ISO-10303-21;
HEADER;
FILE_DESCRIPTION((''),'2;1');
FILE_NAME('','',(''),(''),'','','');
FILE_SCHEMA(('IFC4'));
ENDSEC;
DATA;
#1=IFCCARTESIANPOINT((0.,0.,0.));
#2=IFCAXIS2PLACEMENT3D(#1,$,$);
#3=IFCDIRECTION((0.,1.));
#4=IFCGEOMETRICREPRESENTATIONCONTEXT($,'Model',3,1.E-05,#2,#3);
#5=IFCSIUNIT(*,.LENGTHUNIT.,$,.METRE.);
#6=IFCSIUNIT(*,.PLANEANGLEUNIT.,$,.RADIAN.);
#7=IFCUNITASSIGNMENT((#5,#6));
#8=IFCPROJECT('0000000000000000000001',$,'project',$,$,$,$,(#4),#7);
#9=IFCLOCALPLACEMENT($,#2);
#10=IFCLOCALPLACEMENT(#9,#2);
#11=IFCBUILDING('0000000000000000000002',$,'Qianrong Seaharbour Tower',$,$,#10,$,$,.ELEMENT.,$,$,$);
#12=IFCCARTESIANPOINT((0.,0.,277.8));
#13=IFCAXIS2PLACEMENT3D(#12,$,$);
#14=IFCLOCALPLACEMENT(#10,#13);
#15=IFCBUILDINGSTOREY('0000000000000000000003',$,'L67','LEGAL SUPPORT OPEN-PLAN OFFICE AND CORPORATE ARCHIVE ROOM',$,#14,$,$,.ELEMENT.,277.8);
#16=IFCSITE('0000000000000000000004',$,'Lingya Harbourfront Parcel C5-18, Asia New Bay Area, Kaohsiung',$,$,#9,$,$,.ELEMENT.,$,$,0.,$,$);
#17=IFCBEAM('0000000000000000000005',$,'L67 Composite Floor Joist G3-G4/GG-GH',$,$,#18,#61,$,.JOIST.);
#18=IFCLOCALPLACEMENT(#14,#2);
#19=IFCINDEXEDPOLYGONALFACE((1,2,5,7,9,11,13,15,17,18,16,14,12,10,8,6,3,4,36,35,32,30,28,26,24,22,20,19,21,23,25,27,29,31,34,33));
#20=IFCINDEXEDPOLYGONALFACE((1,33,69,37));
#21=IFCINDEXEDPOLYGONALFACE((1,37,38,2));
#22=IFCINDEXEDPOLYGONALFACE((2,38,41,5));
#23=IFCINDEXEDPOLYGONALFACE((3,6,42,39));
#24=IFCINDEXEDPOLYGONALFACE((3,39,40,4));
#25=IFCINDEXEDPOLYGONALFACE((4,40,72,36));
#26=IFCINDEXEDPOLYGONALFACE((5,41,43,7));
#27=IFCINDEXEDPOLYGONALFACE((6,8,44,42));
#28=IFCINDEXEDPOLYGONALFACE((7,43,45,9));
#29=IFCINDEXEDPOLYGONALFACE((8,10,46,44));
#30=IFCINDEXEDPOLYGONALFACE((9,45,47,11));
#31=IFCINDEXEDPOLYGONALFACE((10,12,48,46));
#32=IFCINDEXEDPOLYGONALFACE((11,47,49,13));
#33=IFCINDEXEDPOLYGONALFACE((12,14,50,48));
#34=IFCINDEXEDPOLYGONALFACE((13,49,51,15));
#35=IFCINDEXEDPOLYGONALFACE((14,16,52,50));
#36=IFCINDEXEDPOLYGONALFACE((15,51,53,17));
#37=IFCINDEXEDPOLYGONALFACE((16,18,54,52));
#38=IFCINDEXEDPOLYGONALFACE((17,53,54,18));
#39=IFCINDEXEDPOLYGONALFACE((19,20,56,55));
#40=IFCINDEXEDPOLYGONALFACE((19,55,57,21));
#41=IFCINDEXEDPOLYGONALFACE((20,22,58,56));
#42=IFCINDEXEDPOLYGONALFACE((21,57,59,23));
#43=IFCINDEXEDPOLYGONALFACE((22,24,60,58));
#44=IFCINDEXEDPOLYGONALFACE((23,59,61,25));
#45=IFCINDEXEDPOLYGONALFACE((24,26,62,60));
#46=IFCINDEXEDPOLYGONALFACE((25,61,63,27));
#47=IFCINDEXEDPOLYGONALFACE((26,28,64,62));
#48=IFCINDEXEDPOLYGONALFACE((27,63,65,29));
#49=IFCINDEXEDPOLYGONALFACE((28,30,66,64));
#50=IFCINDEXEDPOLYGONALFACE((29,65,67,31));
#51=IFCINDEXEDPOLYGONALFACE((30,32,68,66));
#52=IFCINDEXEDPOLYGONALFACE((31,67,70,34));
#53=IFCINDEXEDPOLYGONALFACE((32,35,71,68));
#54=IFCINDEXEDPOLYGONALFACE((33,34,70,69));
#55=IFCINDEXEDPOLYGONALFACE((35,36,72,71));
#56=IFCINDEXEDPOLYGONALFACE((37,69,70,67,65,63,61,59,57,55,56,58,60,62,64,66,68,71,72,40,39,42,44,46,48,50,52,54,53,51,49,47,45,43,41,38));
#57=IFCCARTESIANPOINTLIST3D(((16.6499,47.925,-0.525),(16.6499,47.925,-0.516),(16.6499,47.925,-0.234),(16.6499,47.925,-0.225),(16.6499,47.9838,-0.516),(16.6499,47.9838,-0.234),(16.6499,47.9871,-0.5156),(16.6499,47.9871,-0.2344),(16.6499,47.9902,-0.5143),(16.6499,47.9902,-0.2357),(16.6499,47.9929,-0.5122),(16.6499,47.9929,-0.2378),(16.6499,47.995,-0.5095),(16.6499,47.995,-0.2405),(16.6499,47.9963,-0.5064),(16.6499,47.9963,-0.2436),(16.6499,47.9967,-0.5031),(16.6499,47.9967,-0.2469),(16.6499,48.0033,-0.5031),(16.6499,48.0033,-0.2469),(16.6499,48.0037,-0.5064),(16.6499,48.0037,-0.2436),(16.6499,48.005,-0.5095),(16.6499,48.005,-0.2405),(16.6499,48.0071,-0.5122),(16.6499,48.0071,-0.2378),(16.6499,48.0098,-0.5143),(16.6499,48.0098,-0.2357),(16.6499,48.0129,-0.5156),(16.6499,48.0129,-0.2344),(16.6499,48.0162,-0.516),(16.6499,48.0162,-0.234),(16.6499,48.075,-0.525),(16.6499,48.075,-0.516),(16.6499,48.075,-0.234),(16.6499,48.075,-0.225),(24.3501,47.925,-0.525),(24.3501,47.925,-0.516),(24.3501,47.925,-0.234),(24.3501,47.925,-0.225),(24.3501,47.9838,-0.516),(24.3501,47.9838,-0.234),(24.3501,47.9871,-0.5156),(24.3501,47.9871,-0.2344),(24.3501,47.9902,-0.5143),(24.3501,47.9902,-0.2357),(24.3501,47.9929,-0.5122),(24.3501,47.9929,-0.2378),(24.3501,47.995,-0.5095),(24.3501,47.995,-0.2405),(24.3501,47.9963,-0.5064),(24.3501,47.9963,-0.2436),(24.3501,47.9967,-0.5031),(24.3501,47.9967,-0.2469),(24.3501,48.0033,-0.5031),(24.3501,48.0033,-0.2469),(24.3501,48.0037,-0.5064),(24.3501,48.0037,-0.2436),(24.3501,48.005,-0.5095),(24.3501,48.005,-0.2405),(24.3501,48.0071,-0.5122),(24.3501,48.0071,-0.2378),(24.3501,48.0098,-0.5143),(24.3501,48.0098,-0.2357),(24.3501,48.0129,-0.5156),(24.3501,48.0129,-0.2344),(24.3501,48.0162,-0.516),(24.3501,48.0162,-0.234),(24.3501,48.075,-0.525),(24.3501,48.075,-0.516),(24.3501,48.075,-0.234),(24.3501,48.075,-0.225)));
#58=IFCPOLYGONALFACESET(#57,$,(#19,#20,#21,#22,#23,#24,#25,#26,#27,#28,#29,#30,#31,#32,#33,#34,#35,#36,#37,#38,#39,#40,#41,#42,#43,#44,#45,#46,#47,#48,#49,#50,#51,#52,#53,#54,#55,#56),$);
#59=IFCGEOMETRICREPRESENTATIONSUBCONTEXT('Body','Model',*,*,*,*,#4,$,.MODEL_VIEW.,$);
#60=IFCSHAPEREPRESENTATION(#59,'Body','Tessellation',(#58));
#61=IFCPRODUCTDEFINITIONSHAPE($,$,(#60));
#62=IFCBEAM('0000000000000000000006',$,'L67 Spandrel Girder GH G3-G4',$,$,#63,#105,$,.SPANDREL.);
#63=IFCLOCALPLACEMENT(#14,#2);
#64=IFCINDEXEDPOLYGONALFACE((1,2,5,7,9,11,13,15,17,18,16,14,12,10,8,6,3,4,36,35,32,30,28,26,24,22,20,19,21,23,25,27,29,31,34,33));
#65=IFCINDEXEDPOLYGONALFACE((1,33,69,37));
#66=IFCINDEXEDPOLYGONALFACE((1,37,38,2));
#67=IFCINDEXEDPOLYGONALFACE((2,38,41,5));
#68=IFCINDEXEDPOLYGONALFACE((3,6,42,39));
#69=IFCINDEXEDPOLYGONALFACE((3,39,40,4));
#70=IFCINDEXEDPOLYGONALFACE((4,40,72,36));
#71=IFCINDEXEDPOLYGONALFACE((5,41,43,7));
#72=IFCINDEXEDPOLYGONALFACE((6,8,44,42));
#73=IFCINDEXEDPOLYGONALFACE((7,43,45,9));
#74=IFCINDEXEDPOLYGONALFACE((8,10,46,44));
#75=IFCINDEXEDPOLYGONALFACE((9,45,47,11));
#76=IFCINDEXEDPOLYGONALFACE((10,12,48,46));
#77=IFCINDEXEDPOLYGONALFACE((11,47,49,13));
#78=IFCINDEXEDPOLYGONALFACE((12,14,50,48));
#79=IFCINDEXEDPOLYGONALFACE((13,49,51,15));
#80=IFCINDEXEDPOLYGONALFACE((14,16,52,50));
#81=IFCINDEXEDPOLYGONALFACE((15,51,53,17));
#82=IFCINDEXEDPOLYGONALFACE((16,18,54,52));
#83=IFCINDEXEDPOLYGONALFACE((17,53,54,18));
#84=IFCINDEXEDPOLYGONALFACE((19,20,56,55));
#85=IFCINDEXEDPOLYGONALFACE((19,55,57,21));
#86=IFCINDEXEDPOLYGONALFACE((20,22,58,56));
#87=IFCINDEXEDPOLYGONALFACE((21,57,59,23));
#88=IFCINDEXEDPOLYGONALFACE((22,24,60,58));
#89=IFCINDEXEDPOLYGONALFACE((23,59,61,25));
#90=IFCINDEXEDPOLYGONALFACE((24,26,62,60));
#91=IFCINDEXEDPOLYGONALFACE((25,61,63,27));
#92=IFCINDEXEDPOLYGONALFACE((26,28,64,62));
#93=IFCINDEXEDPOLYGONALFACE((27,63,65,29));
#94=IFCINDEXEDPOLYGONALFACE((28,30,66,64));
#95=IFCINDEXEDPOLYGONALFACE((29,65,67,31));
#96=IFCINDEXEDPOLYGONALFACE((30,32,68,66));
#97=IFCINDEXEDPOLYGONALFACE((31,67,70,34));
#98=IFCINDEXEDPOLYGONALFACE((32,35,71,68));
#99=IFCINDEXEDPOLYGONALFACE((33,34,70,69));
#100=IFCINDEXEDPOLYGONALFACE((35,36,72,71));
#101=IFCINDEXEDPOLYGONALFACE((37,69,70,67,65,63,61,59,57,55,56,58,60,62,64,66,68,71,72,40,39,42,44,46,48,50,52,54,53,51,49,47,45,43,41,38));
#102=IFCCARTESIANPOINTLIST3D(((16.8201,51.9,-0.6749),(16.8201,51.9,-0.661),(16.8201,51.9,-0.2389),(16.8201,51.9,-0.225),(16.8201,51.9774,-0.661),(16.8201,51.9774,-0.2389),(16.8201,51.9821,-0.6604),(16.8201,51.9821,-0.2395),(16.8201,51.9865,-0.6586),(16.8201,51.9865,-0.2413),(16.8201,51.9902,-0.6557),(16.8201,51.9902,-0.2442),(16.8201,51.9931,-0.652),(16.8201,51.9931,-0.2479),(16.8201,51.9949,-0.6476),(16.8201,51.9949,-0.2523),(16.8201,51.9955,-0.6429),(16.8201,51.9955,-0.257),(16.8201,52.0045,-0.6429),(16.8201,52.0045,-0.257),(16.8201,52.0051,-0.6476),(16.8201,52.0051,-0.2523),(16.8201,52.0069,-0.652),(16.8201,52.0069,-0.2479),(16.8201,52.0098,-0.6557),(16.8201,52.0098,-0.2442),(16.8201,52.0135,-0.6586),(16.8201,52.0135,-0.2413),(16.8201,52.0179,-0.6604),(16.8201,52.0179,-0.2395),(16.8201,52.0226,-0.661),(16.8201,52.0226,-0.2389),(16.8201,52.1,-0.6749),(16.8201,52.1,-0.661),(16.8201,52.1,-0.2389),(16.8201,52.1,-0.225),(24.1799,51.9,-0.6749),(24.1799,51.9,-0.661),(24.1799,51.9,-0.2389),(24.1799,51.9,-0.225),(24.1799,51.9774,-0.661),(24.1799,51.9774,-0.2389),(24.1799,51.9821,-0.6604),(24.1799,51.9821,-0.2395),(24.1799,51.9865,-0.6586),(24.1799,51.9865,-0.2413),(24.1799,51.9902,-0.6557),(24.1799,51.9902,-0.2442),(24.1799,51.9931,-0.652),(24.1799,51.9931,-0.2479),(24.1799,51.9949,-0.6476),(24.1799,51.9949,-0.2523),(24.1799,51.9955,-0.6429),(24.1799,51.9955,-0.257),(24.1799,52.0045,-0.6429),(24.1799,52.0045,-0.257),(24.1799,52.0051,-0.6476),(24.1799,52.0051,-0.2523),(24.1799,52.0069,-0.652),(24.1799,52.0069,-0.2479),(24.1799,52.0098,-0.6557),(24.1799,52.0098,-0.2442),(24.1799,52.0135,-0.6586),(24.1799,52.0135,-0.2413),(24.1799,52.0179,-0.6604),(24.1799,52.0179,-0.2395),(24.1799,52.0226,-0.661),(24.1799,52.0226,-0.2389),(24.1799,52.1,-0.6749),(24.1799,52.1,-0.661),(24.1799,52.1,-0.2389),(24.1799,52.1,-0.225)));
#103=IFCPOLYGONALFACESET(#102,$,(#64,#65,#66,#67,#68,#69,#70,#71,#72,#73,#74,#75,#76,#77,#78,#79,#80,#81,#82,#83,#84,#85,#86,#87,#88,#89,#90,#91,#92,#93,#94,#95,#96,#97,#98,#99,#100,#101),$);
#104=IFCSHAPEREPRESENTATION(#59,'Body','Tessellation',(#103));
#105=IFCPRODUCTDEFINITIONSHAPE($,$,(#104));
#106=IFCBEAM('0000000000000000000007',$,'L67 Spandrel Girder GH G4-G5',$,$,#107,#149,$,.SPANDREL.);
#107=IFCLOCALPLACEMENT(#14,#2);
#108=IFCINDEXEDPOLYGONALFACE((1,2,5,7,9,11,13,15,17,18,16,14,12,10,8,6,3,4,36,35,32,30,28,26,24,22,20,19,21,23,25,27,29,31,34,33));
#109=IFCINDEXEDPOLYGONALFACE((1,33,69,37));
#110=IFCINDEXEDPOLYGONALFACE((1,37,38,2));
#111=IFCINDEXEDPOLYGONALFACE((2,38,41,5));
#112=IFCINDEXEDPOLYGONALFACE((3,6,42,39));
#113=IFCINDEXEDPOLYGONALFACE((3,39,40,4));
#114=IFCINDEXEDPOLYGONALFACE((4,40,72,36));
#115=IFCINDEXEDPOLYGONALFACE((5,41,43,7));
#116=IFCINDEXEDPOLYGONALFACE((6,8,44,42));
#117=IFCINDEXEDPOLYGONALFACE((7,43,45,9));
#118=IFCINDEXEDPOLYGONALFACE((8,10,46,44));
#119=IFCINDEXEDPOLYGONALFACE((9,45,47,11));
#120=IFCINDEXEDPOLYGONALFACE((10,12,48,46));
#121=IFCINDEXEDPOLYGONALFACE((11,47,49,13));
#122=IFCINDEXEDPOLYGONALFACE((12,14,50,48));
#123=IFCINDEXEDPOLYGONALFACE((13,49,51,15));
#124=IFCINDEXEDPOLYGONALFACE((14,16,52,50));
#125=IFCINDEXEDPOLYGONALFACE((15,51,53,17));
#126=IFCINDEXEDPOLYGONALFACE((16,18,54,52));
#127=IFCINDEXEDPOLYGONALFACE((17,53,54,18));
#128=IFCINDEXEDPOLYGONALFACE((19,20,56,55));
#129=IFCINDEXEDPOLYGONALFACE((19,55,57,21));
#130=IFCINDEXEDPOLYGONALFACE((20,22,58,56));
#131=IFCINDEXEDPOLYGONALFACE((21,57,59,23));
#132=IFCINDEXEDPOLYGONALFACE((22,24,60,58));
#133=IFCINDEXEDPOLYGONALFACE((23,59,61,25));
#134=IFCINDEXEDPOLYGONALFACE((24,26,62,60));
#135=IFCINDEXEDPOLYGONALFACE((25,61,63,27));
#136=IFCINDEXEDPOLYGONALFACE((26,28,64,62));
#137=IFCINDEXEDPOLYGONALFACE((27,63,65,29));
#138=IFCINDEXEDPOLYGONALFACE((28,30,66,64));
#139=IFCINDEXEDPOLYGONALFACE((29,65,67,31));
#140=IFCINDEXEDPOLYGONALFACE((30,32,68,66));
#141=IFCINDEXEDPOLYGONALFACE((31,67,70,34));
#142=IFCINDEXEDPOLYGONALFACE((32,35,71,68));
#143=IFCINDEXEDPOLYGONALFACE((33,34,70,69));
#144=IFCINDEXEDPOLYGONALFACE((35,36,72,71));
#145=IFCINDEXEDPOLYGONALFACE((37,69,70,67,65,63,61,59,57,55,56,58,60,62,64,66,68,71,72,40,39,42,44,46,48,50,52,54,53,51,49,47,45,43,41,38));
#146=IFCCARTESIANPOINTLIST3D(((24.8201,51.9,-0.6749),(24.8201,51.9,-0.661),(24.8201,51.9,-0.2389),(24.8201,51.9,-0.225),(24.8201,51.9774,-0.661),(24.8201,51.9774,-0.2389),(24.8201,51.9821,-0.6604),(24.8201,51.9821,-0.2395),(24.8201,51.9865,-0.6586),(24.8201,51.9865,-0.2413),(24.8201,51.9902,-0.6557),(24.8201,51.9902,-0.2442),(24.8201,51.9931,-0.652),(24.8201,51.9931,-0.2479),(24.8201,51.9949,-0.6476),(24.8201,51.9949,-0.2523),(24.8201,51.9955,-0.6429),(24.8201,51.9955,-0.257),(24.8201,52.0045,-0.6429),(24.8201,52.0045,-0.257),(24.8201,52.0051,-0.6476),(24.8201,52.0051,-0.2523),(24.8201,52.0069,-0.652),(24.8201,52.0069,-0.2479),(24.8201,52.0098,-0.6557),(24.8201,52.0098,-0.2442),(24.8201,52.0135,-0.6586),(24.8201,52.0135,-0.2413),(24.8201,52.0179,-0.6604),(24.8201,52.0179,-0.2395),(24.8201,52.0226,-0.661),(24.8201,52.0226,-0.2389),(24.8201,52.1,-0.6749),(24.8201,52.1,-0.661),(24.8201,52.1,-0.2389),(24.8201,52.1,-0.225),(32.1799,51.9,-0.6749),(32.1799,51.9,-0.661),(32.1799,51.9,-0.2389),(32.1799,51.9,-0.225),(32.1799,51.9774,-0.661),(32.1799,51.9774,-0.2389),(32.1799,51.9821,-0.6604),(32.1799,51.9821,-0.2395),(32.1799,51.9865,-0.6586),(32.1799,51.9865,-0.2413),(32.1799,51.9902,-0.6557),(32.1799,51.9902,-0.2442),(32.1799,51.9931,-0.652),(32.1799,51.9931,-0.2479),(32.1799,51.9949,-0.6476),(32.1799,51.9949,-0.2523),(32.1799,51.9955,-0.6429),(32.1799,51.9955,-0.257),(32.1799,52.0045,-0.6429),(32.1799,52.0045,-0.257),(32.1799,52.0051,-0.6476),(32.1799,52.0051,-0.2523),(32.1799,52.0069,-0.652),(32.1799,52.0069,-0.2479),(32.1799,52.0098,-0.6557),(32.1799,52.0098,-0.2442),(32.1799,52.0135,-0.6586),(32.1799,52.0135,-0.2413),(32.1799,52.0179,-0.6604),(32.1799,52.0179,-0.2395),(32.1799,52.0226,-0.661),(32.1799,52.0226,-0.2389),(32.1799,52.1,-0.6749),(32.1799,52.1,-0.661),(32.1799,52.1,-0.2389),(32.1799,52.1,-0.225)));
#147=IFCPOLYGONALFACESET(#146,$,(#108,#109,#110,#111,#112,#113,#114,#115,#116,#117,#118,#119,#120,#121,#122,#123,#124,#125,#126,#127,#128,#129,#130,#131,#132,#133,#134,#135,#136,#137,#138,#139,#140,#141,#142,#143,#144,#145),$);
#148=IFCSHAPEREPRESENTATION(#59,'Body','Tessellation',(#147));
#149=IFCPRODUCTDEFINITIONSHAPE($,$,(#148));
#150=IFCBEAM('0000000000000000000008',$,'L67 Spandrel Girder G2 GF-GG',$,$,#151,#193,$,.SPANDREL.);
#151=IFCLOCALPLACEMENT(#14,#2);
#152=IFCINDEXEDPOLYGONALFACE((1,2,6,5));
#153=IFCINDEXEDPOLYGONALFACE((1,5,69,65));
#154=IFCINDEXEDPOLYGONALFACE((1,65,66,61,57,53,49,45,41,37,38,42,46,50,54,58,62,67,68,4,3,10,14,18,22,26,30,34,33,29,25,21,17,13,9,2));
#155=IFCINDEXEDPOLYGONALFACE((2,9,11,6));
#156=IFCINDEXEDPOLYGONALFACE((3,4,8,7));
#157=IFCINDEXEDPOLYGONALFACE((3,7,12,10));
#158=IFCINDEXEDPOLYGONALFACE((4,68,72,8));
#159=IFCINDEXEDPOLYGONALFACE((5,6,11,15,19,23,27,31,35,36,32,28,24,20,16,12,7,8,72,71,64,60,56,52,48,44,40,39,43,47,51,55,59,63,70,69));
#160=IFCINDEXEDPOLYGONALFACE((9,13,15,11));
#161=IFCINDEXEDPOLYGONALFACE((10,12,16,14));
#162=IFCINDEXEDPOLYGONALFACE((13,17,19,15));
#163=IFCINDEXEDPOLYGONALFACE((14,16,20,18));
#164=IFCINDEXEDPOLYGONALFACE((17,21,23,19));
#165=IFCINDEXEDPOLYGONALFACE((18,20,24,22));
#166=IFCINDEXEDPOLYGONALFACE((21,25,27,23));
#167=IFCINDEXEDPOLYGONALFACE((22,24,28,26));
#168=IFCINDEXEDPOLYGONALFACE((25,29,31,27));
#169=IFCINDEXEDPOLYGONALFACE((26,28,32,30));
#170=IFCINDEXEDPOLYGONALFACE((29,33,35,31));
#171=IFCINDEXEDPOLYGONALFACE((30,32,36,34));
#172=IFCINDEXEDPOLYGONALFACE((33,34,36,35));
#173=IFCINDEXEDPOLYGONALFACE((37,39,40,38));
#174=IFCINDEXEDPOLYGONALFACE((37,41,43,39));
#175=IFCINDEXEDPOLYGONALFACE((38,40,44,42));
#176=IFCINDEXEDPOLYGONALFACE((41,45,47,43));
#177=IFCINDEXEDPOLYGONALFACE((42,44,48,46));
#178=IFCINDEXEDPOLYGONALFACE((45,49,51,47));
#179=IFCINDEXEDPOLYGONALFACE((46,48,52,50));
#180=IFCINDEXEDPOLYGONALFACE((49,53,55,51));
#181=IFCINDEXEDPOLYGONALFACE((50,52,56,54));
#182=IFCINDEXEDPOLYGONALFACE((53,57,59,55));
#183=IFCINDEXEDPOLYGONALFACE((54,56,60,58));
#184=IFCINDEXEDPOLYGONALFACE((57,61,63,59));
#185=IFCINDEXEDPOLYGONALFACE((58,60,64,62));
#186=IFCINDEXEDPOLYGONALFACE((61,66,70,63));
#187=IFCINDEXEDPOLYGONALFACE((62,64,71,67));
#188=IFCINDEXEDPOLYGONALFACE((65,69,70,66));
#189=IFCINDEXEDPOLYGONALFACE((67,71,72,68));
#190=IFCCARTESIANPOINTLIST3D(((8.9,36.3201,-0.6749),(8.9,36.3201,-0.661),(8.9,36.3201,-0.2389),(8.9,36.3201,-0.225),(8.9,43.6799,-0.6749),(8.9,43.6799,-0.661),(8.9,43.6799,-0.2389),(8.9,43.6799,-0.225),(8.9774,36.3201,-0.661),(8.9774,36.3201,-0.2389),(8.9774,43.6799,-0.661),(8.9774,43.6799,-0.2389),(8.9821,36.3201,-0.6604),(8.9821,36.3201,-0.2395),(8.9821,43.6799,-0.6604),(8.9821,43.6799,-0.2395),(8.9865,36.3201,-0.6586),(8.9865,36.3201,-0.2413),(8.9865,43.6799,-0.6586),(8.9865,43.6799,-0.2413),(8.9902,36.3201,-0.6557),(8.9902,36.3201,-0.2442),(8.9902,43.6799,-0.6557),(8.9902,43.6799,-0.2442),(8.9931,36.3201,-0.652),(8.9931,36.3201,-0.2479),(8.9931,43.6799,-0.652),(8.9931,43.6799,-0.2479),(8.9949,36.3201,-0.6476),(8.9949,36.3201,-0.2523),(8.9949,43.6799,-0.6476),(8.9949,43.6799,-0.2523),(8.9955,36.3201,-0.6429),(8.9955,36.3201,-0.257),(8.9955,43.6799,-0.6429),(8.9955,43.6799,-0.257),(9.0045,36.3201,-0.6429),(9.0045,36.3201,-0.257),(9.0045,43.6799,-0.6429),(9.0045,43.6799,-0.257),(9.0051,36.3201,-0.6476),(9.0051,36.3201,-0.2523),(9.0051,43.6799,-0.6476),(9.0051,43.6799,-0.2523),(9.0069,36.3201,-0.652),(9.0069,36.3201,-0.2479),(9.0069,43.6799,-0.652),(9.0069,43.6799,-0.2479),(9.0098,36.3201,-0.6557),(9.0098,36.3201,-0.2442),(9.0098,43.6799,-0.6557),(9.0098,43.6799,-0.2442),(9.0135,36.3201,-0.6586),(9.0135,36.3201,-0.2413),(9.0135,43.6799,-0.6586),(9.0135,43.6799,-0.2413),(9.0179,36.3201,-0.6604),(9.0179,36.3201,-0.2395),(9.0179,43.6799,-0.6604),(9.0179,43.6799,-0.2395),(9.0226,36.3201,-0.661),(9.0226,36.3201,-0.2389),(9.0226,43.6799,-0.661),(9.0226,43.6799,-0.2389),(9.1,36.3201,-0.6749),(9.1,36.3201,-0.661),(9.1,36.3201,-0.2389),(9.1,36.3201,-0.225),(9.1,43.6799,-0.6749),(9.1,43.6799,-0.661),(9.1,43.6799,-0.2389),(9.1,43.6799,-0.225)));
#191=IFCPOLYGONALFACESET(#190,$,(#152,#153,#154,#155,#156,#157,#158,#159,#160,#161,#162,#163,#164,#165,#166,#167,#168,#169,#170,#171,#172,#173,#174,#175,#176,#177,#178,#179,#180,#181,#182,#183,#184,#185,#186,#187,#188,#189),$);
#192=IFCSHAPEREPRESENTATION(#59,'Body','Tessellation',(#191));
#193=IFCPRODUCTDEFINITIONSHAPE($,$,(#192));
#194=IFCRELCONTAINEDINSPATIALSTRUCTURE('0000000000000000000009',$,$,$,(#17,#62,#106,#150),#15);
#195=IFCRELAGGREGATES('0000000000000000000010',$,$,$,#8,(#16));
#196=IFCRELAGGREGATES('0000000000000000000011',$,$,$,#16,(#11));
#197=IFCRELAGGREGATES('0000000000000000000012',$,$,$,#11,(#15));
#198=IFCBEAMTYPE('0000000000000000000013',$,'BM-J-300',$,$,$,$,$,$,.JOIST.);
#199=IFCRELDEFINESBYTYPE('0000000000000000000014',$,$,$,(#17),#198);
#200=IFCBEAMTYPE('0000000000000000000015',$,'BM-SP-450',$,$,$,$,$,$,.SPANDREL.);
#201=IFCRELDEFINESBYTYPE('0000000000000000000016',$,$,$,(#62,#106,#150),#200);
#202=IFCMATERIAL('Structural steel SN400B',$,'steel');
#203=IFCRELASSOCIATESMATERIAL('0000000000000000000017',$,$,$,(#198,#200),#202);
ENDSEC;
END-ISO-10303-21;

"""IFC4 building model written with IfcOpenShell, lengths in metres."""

from ifc_helpers import new_model, si_unit, direction, frame, origin, origin_2d, place, context, subcontext, project, spatial, i_section, extrude, material, material_profile, profile_set, type_object, element, save


model = new_model("IFC4")

# Units and contexts
model_context = context("Model", 3, precision=1e-05, world=origin(), true_north=direction((0.0, 1.0)))
body_context = subcontext(model_context, "Body", "Model", "MODEL_VIEW")
ifc_project = project(units=[si_unit("LENGTHUNIT", "METRE"), si_unit("PLANEANGLEUNIT", "RADIAN")], contexts=[model_context])

# Site, building, storey
site_placement = place(None, origin())
site = spatial("IfcSite", under=ifc_project, at=site_placement, Name="Lingya Harbourfront Parcel C5-18, Asia New Bay Area, Kaohsiung", CompositionType="ELEMENT", RefElevation=0.0)
building_placement = place(site_placement, origin())
building = spatial("IfcBuilding", under=site, at=building_placement, Name="Qianrong Seaharbour Tower", CompositionType="ELEMENT")
storey_placement = place(building_placement, frame((0.0, 0.0, 277.8)))
storey = spatial("IfcBuildingStorey", under=building, at=storey_placement, Name="L67", Description="LEGAL SUPPORT OPEN-PLAN OFFICE AND CORPORATE ARCHIVE ROOM", CompositionType="ELEMENT", Elevation=277.8)

# Beams
ifc_material_1 = material(Name="Structural steel SN400B", Category="steel")
ifc_material_profile_1 = material_profile(ifc_material_1, i_section(OverallWidth=0.1499, OverallDepth=0.3, WebThickness=0.0066, FlangeThickness=0.009, FilletRadius=0.0129, at=origin_2d()), Name="H300x150x6.5x9")
ifc_profile_set_1 = profile_set([ifc_material_profile_1], Name="Structural steel SN400B")
beam_type_1 = type_object("IfcBeamType", Name="BM-J-300", PredefinedType="JOIST", material=ifc_profile_set_1)
for number, where, z_axis, x_axis, name in (
    (1, (16.6499, 48.0, -0.375), (1.0, 0.0, 0.0), (0.0, 1.0, 0.0), "L67 Composite Floor Joist G3-G4/GG-GH"),
):
    element("IfcBeam", number, at=place(storey_placement, frame(where, z_axis=z_axis, x_axis=x_axis)), inside=storey, type_object=beam_type_1, Name=name, PredefinedType="JOIST", context=body_context, shape_type="SweptSolid", body=[
        extrude(i_section(OverallWidth=0.1499, OverallDepth=0.3, WebThickness=0.0066, FlangeThickness=0.009, FilletRadius=0.0129, at=origin_2d()), origin(), (0.0, 0.0, 1.0), 7.7002),
    ])
ifc_material_profile_2 = material_profile(ifc_material_1, i_section(OverallWidth=0.2, OverallDepth=0.45, WebThickness=0.009, FlangeThickness=0.0139, FilletRadius=0.0181, at=origin_2d()), Name="H450x200x9x14")
ifc_profile_set_2 = profile_set([ifc_material_profile_2], Name="Structural steel SN400B")
beam_type_2 = type_object("IfcBeamType", Name="BM-SP-450", PredefinedType="SPANDREL", material=ifc_profile_set_2)
for number, where, z_axis, x_axis, name in (
    (2, (16.8201, 52.0, -0.45), (1.0, 0.0, 0.0), (0.0, 1.0, 0.0), "L67 Spandrel Girder GH G3-G4"),
    (3, (24.8201, 52.0, -0.45), (1.0, 0.0, 0.0), (0.0, 1.0, 0.0), "L67 Spandrel Girder GH G4-G5"),
    (4, (9.0, 36.3201, -0.45), (0.0, 1.0, 0.0), (-1.0, 0.0, 0.0), "L67 Spandrel Girder G2 GF-GG"),
):
    element("IfcBeam", number, at=place(storey_placement, frame(where, z_axis=z_axis, x_axis=x_axis)), inside=storey, type_object=beam_type_2, Name=name, PredefinedType="SPANDREL", context=body_context, shape_type="SweptSolid", body=[
        extrude(i_section(OverallWidth=0.2, OverallDepth=0.45, WebThickness=0.009, FlangeThickness=0.0139, FilletRadius=0.0181, at=origin_2d()), origin(), (0.0, 0.0, 1.0), 7.3599),
    ])

save(model, "model.ifc")
